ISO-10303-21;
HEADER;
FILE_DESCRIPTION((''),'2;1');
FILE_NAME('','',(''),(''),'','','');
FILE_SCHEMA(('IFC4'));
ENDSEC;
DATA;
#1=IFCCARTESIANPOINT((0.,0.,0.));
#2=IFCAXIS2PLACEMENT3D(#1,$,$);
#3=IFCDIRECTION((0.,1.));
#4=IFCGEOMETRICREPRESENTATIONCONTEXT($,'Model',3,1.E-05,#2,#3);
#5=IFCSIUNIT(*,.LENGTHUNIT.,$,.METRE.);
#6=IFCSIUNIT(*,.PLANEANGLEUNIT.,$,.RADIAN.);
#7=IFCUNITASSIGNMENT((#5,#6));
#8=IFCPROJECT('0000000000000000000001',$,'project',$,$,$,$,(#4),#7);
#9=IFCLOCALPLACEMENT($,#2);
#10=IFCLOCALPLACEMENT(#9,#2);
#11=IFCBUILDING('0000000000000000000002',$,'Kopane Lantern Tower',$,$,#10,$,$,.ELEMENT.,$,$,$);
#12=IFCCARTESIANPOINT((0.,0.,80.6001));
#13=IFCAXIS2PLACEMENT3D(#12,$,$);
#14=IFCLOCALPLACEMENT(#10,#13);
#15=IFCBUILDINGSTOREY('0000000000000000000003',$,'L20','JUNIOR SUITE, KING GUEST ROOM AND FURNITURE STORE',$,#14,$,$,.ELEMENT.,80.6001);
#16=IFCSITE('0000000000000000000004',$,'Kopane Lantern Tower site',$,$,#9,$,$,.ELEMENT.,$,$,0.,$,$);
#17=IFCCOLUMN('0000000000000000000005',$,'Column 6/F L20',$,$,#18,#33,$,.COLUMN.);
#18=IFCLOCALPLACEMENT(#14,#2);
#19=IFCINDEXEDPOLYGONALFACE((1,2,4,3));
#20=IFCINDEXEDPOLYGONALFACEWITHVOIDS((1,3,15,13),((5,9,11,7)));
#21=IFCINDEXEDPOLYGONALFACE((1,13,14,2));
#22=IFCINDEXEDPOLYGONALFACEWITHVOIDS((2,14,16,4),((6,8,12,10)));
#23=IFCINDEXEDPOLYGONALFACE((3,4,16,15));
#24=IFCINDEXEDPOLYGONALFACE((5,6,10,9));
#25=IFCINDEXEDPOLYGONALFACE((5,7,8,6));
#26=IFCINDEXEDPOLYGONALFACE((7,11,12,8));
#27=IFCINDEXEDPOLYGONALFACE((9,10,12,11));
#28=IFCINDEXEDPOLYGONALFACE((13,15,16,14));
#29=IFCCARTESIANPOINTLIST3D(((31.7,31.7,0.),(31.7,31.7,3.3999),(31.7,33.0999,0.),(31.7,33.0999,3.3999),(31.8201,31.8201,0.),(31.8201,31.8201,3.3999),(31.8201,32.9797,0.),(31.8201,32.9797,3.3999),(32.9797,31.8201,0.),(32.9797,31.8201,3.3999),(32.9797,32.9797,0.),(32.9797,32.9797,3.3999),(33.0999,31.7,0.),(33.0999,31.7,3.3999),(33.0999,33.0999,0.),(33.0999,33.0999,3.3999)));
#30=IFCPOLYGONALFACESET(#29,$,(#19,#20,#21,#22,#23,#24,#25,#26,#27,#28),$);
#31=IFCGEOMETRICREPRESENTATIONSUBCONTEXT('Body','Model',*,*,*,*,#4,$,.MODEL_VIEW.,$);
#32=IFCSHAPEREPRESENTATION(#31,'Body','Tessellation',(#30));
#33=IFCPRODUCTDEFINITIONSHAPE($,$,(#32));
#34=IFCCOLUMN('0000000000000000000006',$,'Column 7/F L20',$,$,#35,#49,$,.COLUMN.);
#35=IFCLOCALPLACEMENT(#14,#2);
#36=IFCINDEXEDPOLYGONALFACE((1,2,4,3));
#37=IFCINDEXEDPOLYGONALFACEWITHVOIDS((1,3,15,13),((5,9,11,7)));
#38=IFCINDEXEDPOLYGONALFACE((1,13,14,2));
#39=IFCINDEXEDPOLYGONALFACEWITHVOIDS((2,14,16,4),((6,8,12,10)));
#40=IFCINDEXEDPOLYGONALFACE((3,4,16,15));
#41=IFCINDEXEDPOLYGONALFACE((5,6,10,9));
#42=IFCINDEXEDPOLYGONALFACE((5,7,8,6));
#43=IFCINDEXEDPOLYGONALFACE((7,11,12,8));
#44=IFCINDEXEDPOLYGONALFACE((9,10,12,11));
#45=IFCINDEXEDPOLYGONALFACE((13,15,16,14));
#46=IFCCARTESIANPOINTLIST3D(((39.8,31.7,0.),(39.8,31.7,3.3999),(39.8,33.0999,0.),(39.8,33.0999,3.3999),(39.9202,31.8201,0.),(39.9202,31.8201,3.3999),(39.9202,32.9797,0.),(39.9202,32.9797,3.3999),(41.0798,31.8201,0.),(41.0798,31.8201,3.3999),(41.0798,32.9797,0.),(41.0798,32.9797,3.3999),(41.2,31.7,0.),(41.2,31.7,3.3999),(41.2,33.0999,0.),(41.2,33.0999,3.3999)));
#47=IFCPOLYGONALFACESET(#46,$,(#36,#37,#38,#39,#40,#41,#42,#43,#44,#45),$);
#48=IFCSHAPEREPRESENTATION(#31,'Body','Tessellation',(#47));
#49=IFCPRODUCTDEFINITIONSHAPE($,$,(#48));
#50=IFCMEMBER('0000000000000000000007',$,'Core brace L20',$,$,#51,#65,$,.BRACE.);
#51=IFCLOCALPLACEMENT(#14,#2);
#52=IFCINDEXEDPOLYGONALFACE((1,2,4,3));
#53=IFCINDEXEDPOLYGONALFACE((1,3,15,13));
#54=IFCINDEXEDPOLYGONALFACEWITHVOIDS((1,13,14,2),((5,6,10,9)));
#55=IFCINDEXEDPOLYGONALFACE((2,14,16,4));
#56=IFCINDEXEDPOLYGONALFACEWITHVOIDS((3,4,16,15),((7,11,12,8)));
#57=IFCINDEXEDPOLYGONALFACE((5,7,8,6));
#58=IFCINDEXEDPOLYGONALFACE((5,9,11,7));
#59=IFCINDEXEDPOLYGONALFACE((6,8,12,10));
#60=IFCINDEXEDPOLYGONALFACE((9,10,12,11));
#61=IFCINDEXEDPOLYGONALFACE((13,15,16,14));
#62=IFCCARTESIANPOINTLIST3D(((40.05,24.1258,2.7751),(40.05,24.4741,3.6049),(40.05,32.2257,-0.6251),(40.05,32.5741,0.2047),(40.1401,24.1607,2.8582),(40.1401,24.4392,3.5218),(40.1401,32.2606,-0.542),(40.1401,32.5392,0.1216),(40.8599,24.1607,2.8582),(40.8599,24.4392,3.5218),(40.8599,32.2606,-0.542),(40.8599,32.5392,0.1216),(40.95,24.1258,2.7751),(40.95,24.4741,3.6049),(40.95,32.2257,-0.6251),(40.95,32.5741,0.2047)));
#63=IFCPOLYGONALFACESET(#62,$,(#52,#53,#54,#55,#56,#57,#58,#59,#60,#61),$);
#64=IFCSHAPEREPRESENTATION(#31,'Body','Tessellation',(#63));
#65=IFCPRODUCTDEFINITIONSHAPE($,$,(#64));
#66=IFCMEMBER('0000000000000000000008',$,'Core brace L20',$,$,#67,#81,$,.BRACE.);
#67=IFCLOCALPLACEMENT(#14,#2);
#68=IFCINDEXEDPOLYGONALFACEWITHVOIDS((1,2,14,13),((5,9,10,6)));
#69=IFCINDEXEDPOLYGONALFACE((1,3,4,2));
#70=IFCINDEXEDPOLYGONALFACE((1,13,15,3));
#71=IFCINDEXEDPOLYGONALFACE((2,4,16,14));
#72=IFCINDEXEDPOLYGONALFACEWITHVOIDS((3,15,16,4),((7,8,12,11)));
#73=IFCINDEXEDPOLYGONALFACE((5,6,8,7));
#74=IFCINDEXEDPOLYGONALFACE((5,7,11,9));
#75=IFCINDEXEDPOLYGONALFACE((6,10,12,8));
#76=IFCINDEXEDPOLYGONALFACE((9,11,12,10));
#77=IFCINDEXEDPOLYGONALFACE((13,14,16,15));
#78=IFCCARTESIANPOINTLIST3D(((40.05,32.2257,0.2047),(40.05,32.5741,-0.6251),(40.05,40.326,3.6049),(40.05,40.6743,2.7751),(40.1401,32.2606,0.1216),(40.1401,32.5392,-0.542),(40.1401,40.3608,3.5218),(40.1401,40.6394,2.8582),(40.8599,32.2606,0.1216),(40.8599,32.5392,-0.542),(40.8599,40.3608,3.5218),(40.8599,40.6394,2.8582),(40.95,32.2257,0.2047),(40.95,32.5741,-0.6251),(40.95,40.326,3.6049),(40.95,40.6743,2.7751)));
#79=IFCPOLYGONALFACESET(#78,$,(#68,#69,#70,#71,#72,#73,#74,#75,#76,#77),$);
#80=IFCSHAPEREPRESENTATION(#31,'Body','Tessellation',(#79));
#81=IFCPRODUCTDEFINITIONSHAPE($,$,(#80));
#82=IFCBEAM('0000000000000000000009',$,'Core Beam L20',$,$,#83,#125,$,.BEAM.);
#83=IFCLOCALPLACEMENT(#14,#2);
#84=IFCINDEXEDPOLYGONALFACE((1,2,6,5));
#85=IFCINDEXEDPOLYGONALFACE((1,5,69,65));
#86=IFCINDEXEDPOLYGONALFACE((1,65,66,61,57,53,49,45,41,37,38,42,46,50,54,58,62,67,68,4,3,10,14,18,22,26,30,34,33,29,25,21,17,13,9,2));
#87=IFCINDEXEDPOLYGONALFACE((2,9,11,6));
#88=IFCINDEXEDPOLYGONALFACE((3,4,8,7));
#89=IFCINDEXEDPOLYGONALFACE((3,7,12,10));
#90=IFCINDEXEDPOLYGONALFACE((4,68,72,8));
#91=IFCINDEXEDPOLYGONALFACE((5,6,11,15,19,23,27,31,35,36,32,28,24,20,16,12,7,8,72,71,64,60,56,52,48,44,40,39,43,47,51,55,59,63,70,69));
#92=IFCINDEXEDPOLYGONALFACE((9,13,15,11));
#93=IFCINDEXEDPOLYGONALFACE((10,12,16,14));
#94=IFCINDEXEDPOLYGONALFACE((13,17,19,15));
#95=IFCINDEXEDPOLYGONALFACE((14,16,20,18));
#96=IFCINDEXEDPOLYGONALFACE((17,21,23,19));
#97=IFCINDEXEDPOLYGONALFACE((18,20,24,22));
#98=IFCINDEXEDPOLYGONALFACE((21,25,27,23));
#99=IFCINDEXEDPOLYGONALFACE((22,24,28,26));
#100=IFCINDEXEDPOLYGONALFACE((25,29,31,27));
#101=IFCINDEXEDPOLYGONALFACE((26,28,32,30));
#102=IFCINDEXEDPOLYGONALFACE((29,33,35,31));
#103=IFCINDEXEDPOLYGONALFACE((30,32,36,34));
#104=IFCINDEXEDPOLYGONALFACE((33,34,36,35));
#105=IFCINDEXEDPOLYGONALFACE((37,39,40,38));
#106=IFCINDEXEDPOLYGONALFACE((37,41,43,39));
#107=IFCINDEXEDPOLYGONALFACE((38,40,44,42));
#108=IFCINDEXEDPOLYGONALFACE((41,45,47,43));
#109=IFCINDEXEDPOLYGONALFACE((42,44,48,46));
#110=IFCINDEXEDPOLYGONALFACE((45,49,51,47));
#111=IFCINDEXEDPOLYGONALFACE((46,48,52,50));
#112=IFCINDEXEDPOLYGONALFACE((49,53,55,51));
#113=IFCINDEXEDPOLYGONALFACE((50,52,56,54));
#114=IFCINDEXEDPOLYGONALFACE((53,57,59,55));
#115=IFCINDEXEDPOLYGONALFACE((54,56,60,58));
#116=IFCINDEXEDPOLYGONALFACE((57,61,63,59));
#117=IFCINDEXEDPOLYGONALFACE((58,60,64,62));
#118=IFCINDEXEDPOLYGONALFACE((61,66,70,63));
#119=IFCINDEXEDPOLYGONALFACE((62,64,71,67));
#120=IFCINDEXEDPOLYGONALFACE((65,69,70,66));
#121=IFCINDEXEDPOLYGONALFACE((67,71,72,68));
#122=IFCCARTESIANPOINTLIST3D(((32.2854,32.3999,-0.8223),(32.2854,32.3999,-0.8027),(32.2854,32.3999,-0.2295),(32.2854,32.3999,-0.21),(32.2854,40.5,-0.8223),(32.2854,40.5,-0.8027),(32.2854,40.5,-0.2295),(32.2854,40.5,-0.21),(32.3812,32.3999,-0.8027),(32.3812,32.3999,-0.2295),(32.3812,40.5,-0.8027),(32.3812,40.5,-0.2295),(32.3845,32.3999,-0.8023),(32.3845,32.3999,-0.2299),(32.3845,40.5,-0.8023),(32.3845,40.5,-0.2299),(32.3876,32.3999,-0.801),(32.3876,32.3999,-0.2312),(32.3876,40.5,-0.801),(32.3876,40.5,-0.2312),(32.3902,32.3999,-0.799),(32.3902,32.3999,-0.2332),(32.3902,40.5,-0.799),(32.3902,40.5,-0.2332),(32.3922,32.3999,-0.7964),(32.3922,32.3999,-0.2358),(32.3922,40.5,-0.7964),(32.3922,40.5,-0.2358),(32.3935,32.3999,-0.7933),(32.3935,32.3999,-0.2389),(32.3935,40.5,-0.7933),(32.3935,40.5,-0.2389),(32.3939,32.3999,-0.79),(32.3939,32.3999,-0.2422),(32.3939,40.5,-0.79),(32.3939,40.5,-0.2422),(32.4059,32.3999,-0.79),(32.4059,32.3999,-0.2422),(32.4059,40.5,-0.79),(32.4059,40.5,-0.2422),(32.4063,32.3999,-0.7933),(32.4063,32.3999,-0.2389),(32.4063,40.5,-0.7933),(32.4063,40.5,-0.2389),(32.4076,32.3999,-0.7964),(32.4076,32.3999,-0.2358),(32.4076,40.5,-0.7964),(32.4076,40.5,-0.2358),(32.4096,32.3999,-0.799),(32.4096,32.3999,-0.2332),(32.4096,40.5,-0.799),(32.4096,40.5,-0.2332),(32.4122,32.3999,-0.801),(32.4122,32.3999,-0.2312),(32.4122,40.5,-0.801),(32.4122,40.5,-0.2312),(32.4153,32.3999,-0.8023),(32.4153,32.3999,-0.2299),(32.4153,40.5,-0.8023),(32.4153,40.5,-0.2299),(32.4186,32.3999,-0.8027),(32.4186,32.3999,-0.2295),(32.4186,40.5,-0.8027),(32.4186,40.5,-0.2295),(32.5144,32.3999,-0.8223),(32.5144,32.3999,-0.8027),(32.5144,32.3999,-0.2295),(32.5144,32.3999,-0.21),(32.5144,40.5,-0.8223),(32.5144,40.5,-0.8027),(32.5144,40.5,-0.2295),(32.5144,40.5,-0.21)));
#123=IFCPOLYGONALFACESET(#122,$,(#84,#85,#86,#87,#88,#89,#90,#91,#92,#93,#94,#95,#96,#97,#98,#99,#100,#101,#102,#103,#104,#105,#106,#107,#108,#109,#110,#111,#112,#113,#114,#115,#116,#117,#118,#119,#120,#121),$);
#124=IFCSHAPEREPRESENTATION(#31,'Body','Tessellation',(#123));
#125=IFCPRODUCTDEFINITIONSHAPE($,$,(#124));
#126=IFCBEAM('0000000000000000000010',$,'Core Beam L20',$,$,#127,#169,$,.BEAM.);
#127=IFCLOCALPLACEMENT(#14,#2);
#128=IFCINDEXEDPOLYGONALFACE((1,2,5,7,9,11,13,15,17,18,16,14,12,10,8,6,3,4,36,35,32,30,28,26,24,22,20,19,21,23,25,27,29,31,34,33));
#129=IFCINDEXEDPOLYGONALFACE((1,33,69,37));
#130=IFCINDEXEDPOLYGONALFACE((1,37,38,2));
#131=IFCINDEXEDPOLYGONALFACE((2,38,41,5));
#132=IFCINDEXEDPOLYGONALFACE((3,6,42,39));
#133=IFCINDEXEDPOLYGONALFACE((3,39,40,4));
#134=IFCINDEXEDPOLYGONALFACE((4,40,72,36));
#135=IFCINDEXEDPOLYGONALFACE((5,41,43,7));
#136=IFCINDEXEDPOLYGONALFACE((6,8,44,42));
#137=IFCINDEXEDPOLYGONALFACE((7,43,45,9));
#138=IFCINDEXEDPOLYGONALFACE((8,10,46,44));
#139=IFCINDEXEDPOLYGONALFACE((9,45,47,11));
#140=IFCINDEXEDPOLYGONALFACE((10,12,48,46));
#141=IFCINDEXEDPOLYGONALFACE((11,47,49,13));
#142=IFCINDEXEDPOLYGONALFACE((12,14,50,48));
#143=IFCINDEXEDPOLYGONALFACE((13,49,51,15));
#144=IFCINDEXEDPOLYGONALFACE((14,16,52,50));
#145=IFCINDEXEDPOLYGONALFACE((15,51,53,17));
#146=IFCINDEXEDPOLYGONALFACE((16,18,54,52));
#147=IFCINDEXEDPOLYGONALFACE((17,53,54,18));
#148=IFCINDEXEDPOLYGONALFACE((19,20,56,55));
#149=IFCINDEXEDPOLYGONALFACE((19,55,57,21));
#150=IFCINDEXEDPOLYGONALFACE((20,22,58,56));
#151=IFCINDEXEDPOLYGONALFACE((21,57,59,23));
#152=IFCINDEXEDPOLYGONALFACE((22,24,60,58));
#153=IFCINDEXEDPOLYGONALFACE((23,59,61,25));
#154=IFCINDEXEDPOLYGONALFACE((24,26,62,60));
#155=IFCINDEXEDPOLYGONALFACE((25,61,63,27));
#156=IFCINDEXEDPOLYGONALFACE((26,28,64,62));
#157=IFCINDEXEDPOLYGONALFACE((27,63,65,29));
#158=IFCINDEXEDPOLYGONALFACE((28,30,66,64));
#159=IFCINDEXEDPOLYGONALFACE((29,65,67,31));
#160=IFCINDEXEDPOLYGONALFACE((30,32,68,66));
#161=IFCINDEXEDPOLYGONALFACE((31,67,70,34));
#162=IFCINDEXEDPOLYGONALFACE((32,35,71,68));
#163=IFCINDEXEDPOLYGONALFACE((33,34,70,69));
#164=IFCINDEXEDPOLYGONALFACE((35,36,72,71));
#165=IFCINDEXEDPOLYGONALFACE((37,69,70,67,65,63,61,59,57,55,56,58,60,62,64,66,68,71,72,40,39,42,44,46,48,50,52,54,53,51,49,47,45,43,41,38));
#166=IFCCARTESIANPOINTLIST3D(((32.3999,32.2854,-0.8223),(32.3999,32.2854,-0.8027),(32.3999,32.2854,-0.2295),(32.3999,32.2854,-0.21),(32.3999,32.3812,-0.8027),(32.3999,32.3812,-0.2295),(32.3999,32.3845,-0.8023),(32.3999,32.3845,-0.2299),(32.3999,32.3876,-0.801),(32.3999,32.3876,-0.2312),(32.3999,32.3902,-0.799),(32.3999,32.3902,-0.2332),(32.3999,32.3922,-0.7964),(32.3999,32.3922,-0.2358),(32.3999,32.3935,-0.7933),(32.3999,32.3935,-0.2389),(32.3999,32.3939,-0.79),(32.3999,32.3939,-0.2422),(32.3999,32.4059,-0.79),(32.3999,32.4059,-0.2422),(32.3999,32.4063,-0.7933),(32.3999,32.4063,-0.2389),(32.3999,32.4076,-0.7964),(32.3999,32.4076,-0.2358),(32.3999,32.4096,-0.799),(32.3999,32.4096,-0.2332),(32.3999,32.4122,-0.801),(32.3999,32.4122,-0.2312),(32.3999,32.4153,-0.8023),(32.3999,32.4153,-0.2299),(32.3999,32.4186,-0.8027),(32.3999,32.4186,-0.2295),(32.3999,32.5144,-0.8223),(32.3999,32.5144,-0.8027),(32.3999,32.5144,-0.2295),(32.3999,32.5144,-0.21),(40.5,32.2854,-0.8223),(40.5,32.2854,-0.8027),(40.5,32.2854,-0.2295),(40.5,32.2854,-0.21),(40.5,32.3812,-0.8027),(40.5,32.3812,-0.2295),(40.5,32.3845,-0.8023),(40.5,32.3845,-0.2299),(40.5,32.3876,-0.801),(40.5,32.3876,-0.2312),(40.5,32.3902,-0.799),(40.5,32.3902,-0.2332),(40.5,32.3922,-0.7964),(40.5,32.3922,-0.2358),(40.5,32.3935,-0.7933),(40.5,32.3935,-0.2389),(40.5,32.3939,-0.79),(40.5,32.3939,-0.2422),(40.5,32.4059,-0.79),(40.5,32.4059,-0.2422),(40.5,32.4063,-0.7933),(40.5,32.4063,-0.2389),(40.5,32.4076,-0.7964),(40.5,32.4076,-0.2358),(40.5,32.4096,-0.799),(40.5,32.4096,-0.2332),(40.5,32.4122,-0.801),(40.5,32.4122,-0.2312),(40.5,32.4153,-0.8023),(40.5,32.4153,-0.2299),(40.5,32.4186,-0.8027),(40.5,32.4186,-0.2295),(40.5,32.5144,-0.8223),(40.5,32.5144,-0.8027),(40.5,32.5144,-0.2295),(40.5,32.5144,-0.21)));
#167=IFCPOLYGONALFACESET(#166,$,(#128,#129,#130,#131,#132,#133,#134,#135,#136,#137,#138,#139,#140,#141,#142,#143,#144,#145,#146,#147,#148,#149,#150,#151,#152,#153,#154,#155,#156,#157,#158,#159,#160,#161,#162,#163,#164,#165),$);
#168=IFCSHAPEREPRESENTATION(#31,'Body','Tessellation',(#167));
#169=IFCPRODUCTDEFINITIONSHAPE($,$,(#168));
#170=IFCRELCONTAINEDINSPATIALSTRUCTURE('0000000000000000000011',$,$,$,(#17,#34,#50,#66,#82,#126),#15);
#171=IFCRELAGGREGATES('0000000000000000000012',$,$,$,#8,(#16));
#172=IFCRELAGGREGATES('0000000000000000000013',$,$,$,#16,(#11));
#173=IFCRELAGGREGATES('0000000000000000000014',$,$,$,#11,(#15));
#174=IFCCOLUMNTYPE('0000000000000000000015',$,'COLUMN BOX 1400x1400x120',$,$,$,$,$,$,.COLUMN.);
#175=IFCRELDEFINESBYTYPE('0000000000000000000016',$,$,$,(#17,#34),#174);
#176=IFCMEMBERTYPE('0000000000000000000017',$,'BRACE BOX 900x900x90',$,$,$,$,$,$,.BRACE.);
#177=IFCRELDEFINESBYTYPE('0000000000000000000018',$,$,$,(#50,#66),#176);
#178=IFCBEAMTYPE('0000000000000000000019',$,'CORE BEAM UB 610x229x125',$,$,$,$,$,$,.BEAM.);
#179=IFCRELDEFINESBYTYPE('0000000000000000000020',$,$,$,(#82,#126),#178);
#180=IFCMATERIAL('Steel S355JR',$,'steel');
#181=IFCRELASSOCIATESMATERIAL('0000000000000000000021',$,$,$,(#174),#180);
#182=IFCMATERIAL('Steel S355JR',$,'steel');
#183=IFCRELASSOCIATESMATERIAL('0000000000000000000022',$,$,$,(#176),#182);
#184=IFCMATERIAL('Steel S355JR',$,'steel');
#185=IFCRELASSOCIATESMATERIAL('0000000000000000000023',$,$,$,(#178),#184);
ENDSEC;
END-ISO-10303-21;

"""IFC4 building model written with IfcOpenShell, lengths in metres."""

from ifc_helpers import new_model, si_unit, direction, frame, origin, origin_2d, place, context, subcontext, project, spatial, hollow_rectangle, i_section, extrude, material, material_profile, profile_set, type_object, element, save


model = new_model("IFC4")

# Units and contexts
model_context = context("Model", 3, precision=1e-05, world=origin(), true_north=direction((0.0, 1.0)))
body_context = subcontext(model_context, "Body", "Model", "MODEL_VIEW")
ifc_project = project(units=[si_unit("LENGTHUNIT", "METRE"), si_unit("PLANEANGLEUNIT", "RADIAN")], contexts=[model_context])

# Site, building, storey
site_placement = place(None, origin())
site = spatial("IfcSite", under=ifc_project, at=site_placement, Name="Kopane Lantern Tower site", CompositionType="ELEMENT", RefElevation=0.0)
building_placement = place(site_placement, origin())
building = spatial("IfcBuilding", under=site, at=building_placement, Name="Kopane Lantern Tower", CompositionType="ELEMENT")
storey_placement = place(building_placement, frame((0.0, 0.0, 80.6001)))
storey = spatial("IfcBuildingStorey", under=building, at=storey_placement, Name="L20", Description="JUNIOR SUITE, KING GUEST ROOM AND FURNITURE STORE", CompositionType="ELEMENT", Elevation=80.6001)

# Columns
ifc_material_1 = material(Name="Steel S355JR", Category="steel")
ifc_material_profile_1 = material_profile(ifc_material_1, hollow_rectangle(XDim=1.3999, YDim=1.3999, WallThickness=0.1201, at=origin_2d()), Name="BOX 1400x1400x120")
ifc_profile_set_1 = profile_set([ifc_material_profile_1], Name="Steel S355JR")
column_type = type_object("IfcColumnType", Name="COLUMN BOX 1400x1400x120", PredefinedType="COLUMN", material=ifc_profile_set_1)
for number, where, z_axis, x_axis, name in (
    (1, (32.3999, 32.3999, 0.0), (0.0, 0.0, 1.0), (1.0, 0.0, 0.0), "Column 6/F L20"),
    (2, (40.5, 32.3999, 0.0), (0.0, 0.0, 1.0), (1.0, 0.0, 0.0), "Column 7/F L20"),
):
    element("IfcColumn", number, at=place(storey_placement, frame(where, z_axis=z_axis, x_axis=x_axis)), inside=storey, type_object=column_type, Name=name, PredefinedType="COLUMN", context=body_context, shape_type="SweptSolid", body=[
        extrude(hollow_rectangle(XDim=1.3999, YDim=1.3999, WallThickness=0.1201, at=origin_2d()), origin(), (0.0, 0.0, 1.0), 3.3999),
    ])

# Members
ifc_material_2 = material(Name="Steel S355JR", Category="steel")
ifc_material_profile_2 = material_profile(ifc_material_2, hollow_rectangle(XDim=0.8999, YDim=0.8999, WallThickness=0.0901, at=origin_2d()), Name="BOX 900x900x90")
ifc_profile_set_2 = profile_set([ifc_material_profile_2], Name="Steel S355JR")
member_type = type_object("IfcMemberType", Name="BRACE BOX 900x900x90", PredefinedType="BRACE", material=ifc_profile_set_2)
member_1_placement = place(storey_placement, frame((40.5, 32.3999, -0.2102), z_axis=(0.0, -0.922055, 0.387059), x_axis=(1.0, 0.0, 0.0)))
element("IfcMember", 3, at=member_1_placement, inside=storey, type_object=member_type, Name="Core brace L20", PredefinedType="BRACE", context=body_context, shape_type="SweptSolid", body=[
    extrude(hollow_rectangle(XDim=0.8999, YDim=0.8999, WallThickness=0.0901, at=origin_2d()), origin(), (0.0, 0.0, 1.0), 8.7847),
])
member_2_placement = place(storey_placement, frame((40.5, 32.3999, -0.2102), z_axis=(0.0, 0.922059, 0.387049), x_axis=(-1.0, 0.0, 0.0)))
element("IfcMember", 4, at=member_2_placement, inside=storey, type_object=member_type, Name="Core brace L20", PredefinedType="BRACE", context=body_context, shape_type="SweptSolid", body=[
    extrude(hollow_rectangle(XDim=0.8999, YDim=0.8999, WallThickness=0.0901, at=origin_2d()), origin(), (0.0, 0.0, 1.0), 8.7849),
])

# Beams
ifc_material_3 = material(Name="Steel S355JR", Category="steel")
ifc_material_profile_3 = material_profile(ifc_material_3, i_section(OverallWidth=0.229, OverallDepth=0.6123, WebThickness=0.012, FlangeThickness=0.0195, FilletRadius=0.0127, at=origin_2d()), Name="UB 610x229x125")
ifc_profile_set_3 = profile_set([ifc_material_profile_3], Name="Steel S355JR")
beam_type_1 = type_object("IfcBeamType", Name="CORE BEAM UB 610x229x125", PredefinedType="BEAM", material=ifc_profile_set_3)
for number, where, z_axis, x_axis, name in (
    (5, (32.3999, 32.3999, -0.5161), (0.0, 1.0, 0.0), (-1.0, 0.0, 0.0), "Core Beam L20"),
    (6, (32.3999, 32.3999, -0.5161), (1.0, 0.0, 0.0), (0.0, 1.0, 0.0), "Core Beam L20"),
):
    element("IfcBeam", number, at=place(storey_placement, frame(where, z_axis=z_axis, x_axis=x_axis)), inside=storey, type_object=beam_type_1, Name=name, PredefinedType="BEAM", context=body_context, shape_type="SweptSolid", body=[
        extrude(i_section(OverallWidth=0.229, OverallDepth=0.6123, WebThickness=0.012, FlangeThickness=0.0195, FilletRadius=0.0127, at=origin_2d()), origin(), (0.0, 0.0, 1.0), 8.1001),
    ])

save(model, "model.ifc")
